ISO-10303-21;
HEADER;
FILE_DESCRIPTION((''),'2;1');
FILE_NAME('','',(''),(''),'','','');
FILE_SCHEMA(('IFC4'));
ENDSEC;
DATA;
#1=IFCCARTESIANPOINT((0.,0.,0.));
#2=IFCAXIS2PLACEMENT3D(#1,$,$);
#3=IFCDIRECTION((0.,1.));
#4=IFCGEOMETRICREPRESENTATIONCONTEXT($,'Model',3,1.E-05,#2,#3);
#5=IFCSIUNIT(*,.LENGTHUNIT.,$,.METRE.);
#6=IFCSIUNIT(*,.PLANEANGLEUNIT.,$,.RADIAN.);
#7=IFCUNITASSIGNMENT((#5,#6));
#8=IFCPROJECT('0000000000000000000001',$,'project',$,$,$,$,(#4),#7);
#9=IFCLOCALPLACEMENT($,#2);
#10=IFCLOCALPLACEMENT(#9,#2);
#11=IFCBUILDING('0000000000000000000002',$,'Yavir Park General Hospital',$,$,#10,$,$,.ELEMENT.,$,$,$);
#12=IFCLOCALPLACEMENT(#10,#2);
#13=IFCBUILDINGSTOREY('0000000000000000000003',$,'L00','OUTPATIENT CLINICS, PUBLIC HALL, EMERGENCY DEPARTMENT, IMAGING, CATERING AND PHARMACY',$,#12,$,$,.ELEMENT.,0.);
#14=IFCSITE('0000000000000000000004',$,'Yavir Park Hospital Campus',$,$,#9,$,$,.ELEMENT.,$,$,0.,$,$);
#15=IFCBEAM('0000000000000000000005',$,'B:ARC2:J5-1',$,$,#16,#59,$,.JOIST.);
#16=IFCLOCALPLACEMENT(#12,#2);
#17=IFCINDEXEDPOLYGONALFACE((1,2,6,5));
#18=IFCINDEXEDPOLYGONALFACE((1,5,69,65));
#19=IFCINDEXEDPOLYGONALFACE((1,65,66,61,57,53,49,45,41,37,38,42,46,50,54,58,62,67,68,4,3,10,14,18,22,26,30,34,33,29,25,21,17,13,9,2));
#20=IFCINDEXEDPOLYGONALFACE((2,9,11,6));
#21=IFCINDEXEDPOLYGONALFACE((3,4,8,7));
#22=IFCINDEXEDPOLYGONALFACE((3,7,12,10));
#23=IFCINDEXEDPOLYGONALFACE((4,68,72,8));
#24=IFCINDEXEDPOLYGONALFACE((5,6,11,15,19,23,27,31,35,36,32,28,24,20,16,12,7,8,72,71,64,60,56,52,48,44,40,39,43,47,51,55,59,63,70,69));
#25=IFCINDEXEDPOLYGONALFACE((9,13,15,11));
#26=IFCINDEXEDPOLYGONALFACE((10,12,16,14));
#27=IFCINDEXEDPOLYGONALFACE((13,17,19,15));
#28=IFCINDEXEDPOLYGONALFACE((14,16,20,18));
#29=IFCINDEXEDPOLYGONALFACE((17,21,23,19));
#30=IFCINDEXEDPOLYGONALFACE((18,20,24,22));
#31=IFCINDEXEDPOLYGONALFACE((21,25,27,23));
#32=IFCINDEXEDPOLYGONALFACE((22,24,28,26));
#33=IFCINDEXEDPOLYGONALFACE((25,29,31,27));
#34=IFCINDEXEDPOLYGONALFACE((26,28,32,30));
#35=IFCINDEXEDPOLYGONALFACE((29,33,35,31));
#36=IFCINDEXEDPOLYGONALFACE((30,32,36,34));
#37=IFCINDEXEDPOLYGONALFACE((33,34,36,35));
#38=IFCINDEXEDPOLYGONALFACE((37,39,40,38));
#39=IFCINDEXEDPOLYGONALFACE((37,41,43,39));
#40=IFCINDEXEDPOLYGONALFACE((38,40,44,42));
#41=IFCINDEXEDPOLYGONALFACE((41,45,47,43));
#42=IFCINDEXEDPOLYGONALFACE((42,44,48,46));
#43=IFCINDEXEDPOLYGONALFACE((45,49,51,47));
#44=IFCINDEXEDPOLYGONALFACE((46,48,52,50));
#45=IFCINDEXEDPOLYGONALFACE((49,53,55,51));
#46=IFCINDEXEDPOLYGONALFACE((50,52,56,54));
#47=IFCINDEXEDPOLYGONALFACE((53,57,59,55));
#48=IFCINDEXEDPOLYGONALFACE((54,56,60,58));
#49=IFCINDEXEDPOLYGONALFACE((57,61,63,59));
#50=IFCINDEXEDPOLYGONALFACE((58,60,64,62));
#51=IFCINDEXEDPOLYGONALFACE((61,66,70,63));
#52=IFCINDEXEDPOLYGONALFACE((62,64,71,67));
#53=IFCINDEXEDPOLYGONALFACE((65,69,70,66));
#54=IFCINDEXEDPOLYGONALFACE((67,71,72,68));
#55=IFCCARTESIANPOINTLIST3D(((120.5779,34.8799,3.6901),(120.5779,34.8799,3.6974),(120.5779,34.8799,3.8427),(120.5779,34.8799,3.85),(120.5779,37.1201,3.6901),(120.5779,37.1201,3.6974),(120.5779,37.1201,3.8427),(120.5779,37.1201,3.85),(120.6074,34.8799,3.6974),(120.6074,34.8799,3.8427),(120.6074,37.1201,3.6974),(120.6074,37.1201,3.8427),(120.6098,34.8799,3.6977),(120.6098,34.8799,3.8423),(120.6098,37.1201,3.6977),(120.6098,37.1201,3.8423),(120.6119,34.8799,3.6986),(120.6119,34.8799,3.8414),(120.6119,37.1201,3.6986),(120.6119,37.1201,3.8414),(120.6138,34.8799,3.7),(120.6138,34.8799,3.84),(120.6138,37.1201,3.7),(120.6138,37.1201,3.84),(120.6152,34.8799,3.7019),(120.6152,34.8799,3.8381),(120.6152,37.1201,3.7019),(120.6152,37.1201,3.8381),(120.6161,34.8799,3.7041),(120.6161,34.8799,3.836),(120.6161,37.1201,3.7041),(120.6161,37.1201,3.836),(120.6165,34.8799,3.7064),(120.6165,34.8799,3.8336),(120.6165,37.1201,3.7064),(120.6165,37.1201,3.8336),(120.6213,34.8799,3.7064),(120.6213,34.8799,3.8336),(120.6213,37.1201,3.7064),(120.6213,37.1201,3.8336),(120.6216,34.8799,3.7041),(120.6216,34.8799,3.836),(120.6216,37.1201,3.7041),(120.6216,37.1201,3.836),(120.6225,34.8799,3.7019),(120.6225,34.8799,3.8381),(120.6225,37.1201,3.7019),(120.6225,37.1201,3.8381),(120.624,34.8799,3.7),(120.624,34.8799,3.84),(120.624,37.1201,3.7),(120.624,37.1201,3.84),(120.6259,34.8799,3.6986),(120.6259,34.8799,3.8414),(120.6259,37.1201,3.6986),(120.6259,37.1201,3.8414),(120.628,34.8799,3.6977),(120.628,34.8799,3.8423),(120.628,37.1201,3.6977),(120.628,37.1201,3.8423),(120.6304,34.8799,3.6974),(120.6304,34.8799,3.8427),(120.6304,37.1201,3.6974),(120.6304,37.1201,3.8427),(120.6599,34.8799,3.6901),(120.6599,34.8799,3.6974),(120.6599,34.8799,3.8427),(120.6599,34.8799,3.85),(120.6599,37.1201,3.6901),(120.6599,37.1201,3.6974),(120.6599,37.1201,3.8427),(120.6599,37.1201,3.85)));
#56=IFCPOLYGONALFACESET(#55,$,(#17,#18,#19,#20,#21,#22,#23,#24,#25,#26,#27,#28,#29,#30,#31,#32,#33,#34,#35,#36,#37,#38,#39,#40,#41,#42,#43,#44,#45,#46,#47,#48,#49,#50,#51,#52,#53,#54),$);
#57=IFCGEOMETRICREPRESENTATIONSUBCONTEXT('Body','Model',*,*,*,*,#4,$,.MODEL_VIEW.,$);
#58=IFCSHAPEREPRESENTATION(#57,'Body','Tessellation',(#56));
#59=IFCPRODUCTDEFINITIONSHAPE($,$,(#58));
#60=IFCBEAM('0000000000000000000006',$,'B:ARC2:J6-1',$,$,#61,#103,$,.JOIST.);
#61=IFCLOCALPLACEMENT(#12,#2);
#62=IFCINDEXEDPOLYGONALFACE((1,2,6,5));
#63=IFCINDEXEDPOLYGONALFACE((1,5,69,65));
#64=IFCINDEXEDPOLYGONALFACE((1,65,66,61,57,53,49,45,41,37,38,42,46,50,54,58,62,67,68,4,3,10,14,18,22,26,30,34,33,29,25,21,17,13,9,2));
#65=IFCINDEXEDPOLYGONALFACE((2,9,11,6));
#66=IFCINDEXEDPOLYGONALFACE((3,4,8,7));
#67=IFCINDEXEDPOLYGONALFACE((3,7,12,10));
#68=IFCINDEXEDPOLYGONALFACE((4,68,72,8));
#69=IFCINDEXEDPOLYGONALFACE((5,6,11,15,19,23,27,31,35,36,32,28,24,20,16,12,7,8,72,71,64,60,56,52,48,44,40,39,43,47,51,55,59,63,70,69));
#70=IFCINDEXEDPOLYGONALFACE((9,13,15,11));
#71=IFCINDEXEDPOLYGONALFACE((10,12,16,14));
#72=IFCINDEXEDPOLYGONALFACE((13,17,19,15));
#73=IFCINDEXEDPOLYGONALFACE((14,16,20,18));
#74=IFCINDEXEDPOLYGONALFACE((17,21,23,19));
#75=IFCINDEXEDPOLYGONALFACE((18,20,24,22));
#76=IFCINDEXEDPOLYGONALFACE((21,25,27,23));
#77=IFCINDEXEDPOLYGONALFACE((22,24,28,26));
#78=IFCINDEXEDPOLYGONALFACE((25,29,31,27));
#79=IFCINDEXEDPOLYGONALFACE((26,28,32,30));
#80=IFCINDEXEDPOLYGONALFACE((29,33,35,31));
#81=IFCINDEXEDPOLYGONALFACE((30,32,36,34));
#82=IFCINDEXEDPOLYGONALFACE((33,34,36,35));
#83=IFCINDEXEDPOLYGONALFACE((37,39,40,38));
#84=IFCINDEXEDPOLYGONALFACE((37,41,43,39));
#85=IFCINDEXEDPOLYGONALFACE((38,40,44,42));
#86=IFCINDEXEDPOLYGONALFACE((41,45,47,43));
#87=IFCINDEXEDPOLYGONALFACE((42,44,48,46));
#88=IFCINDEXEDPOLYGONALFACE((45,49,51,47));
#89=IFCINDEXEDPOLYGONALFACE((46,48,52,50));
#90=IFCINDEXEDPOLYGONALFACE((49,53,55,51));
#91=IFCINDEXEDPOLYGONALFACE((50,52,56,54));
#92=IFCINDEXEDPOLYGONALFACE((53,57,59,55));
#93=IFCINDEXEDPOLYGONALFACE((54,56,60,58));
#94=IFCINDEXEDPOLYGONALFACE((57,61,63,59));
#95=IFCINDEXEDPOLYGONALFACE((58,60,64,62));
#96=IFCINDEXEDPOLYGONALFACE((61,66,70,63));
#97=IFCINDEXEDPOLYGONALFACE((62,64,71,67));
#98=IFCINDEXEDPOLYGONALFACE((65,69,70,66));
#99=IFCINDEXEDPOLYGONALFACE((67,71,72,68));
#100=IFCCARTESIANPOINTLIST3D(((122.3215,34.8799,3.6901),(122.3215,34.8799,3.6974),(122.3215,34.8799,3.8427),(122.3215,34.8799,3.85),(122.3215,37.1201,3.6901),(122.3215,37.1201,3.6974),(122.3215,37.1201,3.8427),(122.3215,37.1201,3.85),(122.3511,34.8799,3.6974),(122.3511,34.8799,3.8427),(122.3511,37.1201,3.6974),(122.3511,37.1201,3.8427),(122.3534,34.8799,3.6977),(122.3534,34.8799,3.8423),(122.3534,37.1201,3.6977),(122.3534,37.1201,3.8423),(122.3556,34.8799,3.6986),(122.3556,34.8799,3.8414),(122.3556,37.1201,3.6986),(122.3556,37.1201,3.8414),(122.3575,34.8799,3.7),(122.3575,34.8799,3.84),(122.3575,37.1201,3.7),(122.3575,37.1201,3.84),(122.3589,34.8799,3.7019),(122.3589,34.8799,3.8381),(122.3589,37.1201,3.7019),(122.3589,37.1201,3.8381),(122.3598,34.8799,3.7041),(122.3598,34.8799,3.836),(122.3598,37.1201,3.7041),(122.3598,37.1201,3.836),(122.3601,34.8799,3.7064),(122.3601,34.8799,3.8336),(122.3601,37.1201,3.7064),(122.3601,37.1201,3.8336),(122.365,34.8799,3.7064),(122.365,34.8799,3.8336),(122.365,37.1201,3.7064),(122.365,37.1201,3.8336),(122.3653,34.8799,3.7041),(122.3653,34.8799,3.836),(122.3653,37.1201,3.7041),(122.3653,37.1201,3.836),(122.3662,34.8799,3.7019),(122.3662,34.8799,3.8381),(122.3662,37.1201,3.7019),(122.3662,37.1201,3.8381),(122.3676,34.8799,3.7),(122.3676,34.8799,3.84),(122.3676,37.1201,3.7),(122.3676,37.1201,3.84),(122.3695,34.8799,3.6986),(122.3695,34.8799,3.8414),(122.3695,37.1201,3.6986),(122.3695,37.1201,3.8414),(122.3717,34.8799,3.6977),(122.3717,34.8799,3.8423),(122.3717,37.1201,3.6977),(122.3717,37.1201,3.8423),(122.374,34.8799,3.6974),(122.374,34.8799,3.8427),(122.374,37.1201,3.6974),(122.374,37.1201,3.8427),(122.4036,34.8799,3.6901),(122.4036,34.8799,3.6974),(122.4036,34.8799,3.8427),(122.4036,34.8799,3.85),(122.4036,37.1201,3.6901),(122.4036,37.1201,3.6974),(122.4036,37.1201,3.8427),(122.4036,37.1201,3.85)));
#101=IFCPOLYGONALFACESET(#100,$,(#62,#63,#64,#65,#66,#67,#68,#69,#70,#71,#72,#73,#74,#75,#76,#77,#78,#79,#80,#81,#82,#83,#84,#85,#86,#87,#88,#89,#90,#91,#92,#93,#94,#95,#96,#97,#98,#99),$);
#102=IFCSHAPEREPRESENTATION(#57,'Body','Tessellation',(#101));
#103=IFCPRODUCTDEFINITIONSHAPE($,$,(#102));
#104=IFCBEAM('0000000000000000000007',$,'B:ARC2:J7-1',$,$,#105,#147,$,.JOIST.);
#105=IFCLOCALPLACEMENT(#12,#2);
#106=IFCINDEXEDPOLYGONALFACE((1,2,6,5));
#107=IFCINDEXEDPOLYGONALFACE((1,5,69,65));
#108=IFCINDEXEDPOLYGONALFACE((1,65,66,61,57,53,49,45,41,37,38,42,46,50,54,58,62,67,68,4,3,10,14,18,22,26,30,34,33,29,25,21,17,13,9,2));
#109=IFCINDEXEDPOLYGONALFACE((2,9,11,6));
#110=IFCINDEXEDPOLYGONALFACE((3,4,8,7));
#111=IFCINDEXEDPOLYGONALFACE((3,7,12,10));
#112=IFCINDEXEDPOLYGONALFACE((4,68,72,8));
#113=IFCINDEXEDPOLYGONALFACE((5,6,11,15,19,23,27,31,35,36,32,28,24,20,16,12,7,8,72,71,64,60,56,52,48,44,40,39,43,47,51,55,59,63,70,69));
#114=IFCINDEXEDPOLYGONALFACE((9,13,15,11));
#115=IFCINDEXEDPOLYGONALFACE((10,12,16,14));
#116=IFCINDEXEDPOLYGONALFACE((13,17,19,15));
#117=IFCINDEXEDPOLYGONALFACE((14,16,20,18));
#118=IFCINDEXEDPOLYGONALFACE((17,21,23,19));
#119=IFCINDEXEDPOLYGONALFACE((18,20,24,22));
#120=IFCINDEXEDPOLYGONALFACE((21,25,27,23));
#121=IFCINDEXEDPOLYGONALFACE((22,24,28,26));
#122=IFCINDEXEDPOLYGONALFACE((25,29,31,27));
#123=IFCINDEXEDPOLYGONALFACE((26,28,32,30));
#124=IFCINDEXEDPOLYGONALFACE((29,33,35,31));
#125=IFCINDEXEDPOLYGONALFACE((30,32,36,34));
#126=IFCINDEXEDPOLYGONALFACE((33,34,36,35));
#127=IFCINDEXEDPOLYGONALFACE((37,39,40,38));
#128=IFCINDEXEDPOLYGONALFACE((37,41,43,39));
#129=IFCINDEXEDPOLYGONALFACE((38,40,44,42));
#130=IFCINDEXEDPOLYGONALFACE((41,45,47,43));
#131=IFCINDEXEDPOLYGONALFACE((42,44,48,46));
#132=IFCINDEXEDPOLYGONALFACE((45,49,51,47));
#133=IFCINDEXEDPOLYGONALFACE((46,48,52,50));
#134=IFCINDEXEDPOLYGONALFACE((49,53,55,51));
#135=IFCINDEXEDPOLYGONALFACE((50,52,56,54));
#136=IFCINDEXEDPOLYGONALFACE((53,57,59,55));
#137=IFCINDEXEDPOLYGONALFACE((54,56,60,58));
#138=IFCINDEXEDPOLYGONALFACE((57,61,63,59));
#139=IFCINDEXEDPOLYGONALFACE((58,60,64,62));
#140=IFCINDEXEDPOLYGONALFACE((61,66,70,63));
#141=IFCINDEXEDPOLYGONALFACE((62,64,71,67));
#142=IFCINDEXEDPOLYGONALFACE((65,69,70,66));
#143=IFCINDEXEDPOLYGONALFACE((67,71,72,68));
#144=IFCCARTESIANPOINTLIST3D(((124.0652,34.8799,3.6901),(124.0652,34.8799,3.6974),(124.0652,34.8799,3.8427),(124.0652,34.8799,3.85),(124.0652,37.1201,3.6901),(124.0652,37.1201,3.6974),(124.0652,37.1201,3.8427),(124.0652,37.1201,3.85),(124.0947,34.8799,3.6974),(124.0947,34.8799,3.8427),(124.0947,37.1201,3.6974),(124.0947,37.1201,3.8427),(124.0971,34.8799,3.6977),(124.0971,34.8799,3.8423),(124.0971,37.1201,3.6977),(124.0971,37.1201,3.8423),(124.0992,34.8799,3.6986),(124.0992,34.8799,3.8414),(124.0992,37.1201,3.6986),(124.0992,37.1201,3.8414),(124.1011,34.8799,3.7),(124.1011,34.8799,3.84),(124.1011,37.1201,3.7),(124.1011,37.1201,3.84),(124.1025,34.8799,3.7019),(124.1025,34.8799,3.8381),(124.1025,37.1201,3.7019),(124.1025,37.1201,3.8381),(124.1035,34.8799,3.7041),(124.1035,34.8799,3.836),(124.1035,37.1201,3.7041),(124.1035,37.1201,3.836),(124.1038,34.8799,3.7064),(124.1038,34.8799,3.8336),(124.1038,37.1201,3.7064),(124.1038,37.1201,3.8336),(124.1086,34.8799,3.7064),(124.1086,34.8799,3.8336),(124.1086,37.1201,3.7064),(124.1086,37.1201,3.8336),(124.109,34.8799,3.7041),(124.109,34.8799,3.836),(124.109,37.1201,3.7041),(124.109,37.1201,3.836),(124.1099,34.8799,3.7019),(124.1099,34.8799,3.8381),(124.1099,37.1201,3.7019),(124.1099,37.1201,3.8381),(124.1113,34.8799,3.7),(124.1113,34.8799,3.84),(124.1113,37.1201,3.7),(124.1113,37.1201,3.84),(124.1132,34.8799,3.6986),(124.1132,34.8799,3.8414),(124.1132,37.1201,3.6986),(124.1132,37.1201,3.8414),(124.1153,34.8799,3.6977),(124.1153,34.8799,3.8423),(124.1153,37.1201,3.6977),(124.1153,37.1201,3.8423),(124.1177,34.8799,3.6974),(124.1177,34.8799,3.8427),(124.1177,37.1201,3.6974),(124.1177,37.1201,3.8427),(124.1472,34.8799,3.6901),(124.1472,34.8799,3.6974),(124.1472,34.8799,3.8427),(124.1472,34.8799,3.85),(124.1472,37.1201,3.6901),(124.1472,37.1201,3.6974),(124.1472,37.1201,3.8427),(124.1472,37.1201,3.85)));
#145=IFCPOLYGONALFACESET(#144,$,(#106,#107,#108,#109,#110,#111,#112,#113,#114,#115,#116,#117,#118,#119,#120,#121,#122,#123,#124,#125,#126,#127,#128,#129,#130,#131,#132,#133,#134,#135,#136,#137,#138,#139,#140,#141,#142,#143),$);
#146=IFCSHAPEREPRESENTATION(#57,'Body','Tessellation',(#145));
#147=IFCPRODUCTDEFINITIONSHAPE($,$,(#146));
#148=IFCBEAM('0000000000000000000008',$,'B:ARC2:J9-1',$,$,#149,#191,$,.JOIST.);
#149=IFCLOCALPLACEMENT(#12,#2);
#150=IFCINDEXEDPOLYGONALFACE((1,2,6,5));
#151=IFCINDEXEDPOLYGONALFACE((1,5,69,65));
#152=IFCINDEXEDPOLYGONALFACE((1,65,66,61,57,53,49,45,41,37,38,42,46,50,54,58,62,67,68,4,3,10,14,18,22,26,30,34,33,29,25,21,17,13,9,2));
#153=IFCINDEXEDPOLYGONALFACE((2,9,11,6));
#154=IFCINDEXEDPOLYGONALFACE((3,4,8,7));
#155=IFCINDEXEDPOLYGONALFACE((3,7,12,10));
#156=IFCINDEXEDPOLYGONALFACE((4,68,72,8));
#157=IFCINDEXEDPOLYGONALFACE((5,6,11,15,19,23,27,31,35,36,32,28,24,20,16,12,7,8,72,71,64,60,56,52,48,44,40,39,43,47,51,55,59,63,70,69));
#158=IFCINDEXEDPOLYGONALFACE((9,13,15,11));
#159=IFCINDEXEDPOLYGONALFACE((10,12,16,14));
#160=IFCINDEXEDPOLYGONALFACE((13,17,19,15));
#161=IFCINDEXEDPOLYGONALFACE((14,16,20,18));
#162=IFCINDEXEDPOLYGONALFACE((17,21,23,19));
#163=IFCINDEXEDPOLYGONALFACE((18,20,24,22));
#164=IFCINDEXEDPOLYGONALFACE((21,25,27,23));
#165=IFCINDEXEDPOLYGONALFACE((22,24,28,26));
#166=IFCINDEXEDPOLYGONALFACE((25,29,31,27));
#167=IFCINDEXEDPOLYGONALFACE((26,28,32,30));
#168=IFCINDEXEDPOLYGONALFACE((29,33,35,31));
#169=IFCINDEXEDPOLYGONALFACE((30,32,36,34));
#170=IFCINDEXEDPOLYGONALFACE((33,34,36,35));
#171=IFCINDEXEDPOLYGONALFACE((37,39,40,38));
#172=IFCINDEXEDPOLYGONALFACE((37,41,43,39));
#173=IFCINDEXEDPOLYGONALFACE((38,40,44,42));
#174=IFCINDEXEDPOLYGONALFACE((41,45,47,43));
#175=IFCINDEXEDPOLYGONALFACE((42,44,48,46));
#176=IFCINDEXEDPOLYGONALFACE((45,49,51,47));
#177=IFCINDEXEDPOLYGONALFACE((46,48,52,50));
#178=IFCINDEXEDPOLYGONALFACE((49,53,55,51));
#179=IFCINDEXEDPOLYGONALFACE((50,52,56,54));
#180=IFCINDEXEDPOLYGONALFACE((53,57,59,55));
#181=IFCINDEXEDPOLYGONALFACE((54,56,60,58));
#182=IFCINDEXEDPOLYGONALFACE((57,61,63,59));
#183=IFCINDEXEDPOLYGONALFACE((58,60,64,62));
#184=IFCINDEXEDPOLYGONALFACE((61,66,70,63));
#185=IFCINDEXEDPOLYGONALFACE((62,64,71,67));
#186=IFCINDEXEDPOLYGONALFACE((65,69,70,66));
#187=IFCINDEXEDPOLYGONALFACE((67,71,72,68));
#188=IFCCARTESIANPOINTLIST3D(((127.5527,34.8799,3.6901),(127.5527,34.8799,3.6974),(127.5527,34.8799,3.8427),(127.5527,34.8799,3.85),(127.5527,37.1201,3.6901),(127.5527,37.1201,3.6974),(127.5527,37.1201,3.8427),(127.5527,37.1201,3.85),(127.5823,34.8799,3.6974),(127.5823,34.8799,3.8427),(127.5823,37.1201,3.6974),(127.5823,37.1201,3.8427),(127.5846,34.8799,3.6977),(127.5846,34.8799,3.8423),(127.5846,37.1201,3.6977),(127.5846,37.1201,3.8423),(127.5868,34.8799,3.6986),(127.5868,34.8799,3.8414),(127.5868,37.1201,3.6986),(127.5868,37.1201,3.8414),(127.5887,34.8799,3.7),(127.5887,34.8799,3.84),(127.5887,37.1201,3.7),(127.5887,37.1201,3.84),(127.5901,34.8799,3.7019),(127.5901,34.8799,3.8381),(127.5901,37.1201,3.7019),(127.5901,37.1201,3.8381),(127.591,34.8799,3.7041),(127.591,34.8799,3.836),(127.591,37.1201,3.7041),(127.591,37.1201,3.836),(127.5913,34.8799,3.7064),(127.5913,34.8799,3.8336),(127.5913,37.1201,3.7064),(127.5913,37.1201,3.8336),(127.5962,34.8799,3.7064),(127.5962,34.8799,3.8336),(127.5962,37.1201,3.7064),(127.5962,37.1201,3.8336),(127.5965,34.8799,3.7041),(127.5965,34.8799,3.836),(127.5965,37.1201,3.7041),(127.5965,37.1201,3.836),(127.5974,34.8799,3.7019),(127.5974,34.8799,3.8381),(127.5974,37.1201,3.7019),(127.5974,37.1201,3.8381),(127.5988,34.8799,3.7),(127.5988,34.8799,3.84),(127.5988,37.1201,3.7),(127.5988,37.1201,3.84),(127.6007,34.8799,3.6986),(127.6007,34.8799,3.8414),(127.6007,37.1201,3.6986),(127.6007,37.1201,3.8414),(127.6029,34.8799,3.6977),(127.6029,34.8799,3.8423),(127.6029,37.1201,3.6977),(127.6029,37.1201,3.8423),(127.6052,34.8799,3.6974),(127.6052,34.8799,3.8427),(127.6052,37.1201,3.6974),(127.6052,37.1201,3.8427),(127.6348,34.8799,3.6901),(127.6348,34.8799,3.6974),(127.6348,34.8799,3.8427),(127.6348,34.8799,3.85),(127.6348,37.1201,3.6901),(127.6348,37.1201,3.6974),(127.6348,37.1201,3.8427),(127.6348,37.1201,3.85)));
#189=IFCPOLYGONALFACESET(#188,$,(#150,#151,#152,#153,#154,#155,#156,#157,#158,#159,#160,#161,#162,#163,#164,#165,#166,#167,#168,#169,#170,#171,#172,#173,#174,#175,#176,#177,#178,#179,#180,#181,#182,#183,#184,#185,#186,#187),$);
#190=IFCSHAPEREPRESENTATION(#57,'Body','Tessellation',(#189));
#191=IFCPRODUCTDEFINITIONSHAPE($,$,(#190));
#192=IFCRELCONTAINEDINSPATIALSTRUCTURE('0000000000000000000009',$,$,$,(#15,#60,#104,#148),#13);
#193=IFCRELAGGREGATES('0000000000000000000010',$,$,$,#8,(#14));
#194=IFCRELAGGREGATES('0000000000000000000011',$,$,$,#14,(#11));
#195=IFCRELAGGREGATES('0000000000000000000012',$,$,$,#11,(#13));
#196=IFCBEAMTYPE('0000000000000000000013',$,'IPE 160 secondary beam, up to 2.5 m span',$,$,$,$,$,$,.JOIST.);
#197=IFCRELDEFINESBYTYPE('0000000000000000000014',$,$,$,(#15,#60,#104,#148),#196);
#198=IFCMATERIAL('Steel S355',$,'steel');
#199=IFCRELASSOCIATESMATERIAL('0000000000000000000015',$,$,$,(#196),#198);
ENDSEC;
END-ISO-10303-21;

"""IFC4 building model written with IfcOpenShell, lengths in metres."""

from ifc_helpers import new_model, si_unit, direction, frame, origin, origin_2d, place, context, subcontext, project, spatial, i_section, extrude, material, material_profile, profile_set, type_object, element, save


model = new_model("IFC4")

# Units and contexts
model_context = context("Model", 3, precision=1e-05, world=origin(), true_north=direction((0.0, 1.0)))
body_context = subcontext(model_context, "Body", "Model", "MODEL_VIEW")
ifc_project = project(units=[si_unit("LENGTHUNIT", "METRE"), si_unit("PLANEANGLEUNIT", "RADIAN")], contexts=[model_context])

# Site, building, storey
site_placement = place(None, origin())
site = spatial("IfcSite", under=ifc_project, at=site_placement, Name="Yavir Park Hospital Campus", CompositionType="ELEMENT", RefElevation=0.0)
building_placement = place(site_placement, origin())
building = spatial("IfcBuilding", under=site, at=building_placement, Name="Yavir Park General Hospital", CompositionType="ELEMENT")
storey_placement = place(building_placement, origin())
storey = spatial("IfcBuildingStorey", under=building, at=storey_placement, Name="L00", Description="OUTPATIENT CLINICS, PUBLIC HALL, EMERGENCY DEPARTMENT, IMAGING, CATERING AND PHARMACY", CompositionType="ELEMENT", Elevation=0.0)

# Beams
ifc_material_1 = material(Name="Steel S355", Category="steel")
ifc_material_profile_1 = material_profile(ifc_material_1, i_section(OverallWidth=0.082, OverallDepth=0.1599, WebThickness=0.0049, FlangeThickness=0.0073, FilletRadius=0.009, at=origin_2d()), Name="IPE160")
ifc_profile_set_1 = profile_set([ifc_material_profile_1], Name="Steel S355")
beam_type_1 = type_object("IfcBeamType", Name="IPE 160 secondary beam, up to 2.5 m span", PredefinedType="JOIST", material=ifc_profile_set_1)
for number, where, z_axis, x_axis, name in (
    (1, (120.6189, 34.8799, 3.77), (0.0, 1.0, 0.0), (-1.0, 0.0, 0.0), "B:ARC2:J5-1"),
    (2, (122.3625, 34.8799, 3.77), (0.0, 1.0, 0.0), (-1.0, 0.0, 0.0), "B:ARC2:J6-1"),
    (3, (124.1062, 34.8799, 3.77), (0.0, 1.0, 0.0), (-1.0, 0.0, 0.0), "B:ARC2:J7-1"),
    (4, (127.5938, 34.8799, 3.77), (0.0, 1.0, 0.0), (-1.0, 0.0, 0.0), "B:ARC2:J9-1"),
):
    element("IfcBeam", number, at=place(storey_placement, frame(where, z_axis=z_axis, x_axis=x_axis)), inside=storey, type_object=beam_type_1, Name=name, PredefinedType="JOIST", context=body_context, shape_type="SweptSolid", body=[
        extrude(i_section(OverallWidth=0.082, OverallDepth=0.1599, WebThickness=0.0049, FlangeThickness=0.0073, FilletRadius=0.009, at=origin_2d()), origin(), (0.0, 0.0, 1.0), 2.2402),
    ])

save(model, "model.ifc")
